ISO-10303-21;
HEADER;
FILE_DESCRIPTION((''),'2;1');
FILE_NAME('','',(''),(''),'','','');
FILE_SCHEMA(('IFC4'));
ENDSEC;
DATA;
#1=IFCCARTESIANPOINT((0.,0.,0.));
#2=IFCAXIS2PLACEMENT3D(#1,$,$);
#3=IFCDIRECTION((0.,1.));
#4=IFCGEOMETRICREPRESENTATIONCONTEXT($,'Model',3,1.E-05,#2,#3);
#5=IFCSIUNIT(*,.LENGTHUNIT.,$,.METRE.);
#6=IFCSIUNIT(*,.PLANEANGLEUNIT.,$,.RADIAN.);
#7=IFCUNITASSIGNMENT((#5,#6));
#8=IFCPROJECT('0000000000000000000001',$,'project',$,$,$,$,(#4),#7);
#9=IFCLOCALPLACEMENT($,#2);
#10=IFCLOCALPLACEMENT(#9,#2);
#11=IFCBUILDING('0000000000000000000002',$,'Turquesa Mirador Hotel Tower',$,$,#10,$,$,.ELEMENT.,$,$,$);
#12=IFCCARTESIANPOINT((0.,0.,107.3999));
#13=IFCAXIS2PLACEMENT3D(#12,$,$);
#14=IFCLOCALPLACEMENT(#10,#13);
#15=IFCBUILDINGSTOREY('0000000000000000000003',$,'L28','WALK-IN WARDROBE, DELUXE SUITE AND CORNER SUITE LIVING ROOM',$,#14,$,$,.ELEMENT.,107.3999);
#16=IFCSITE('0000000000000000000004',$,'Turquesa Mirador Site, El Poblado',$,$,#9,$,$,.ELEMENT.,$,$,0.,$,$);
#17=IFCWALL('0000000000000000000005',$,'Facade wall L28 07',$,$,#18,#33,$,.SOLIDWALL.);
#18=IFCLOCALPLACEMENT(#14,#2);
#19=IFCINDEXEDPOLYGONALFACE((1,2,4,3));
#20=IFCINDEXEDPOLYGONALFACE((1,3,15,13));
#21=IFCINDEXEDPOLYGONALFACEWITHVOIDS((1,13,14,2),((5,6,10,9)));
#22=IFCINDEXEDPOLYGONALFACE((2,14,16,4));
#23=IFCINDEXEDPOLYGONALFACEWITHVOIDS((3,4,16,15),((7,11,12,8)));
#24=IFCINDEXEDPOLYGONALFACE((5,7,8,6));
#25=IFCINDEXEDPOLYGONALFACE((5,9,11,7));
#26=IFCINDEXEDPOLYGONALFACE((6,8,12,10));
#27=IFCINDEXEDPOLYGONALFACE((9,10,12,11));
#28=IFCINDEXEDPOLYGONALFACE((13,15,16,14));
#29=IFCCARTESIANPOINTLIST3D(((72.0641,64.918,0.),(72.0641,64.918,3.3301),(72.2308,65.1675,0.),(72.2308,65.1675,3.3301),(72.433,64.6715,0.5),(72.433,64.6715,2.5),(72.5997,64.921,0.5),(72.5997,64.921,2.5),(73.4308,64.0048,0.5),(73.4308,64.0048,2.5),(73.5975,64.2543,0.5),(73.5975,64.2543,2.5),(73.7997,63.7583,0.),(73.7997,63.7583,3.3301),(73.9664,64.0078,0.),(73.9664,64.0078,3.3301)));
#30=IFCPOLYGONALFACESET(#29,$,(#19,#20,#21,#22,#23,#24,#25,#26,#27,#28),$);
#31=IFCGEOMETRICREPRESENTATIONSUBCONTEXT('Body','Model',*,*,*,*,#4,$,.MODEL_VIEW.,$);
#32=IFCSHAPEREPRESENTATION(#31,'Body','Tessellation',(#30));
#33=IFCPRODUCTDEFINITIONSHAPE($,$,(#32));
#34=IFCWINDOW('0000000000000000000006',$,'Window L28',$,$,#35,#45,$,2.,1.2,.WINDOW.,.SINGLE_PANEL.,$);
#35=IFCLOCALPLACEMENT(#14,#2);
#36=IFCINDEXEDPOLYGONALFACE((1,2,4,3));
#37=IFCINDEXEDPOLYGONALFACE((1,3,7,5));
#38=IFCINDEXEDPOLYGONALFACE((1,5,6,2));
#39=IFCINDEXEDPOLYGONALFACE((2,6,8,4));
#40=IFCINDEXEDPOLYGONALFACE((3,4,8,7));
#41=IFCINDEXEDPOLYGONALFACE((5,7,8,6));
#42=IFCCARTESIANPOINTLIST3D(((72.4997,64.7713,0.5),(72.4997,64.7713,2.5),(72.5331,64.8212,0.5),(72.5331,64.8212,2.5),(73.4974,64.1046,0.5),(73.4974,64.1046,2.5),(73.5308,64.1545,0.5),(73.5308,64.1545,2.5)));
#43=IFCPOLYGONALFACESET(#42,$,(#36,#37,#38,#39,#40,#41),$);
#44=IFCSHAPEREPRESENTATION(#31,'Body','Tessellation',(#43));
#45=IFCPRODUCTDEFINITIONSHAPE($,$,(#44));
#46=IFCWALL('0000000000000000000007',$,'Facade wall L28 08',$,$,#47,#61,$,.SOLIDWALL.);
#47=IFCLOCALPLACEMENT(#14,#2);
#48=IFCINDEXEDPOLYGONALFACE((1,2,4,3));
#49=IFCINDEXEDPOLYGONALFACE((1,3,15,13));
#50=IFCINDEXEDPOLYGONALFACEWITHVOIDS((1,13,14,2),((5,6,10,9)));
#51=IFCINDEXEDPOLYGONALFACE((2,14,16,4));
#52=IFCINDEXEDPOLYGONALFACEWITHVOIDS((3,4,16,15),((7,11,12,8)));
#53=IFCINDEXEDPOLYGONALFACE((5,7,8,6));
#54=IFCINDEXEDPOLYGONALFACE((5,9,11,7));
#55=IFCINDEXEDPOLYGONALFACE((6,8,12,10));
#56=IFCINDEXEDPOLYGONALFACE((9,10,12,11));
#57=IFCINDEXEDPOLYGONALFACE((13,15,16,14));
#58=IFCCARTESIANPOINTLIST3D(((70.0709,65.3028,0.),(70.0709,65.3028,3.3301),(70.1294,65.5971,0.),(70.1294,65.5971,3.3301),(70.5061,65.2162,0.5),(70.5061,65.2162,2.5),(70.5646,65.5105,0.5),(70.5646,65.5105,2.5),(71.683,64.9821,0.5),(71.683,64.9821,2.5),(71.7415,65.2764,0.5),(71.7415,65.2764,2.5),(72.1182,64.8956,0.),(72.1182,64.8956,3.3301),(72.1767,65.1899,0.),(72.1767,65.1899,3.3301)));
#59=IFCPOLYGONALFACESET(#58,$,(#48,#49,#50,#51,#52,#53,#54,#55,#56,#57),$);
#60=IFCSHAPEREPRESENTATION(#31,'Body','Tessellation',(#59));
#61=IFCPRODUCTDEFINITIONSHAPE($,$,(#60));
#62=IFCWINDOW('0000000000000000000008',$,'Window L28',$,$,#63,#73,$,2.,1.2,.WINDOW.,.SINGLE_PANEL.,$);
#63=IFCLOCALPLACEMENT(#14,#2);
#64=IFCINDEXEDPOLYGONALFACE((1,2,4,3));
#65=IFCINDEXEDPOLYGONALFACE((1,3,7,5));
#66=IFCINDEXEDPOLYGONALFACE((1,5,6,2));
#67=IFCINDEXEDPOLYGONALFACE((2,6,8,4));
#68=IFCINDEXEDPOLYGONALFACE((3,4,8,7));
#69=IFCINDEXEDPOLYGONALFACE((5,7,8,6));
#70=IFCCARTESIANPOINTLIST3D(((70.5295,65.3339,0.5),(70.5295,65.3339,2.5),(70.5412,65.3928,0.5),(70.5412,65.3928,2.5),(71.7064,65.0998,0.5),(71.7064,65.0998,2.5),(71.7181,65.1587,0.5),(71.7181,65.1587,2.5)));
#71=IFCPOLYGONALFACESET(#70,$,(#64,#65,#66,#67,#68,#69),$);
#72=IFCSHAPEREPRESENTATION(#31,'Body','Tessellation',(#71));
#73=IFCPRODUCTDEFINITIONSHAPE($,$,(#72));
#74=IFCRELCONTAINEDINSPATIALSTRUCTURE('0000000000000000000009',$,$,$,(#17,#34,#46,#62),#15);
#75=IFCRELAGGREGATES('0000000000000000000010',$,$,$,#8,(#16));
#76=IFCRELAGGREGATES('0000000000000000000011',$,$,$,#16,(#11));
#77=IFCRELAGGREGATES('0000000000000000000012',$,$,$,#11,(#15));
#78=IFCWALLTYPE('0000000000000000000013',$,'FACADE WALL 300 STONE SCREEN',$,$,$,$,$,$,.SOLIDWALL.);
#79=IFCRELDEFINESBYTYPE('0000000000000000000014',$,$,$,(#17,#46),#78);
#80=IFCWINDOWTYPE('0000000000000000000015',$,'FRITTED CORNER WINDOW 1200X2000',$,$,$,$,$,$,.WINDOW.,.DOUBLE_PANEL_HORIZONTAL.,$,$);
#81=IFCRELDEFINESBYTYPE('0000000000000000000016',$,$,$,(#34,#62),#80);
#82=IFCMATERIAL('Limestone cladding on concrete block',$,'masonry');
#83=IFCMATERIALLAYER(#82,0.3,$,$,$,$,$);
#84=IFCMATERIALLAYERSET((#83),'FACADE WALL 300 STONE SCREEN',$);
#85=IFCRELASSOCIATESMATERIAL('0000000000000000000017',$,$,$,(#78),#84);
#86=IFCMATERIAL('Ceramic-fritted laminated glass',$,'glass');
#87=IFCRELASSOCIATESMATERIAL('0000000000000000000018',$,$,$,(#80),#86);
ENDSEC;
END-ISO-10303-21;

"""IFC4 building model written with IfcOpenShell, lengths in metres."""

from ifc_helpers import new_model, si_unit, direction, frame, frame_2d, origin, place, context, subcontext, project, spatial, rectangle, extrude, material, layer, layer_set, type_object, element, fill, save


model = new_model("IFC4")

# Units and contexts
model_context = context("Model", 3, precision=1e-05, world=origin(), true_north=direction((0.0, 1.0)))
body_context = subcontext(model_context, "Body", "Model", "MODEL_VIEW")
ifc_project = project(units=[si_unit("LENGTHUNIT", "METRE"), si_unit("PLANEANGLEUNIT", "RADIAN")], contexts=[model_context])

# Site, building, storey
site_placement = place(None, origin())
site = spatial("IfcSite", under=ifc_project, at=site_placement, Name="Turquesa Mirador Site, El Poblado", CompositionType="ELEMENT", RefElevation=0.0)
building_placement = place(site_placement, origin())
building = spatial("IfcBuilding", under=site, at=building_placement, Name="Turquesa Mirador Hotel Tower", CompositionType="ELEMENT")
storey_placement = place(building_placement, frame((0.0, 0.0, 107.3999)))
storey = spatial("IfcBuildingStorey", under=building, at=storey_placement, Name="L28", Description="WALK-IN WARDROBE, DELUXE SUITE AND CORNER SUITE LIVING ROOM", CompositionType="ELEMENT", Elevation=107.3999)

# Walls, openings, windows
ifc_material_1 = material(Name="Limestone cladding on concrete block", Category="masonry")
ifc_layer = layer(ifc_material_1, 0.3)
ifc_layer_set = layer_set([ifc_layer], Name="FACADE WALL 300 STONE SCREEN")
wall_type = type_object("IfcWallType", Name="FACADE WALL 300 STONE SCREEN", PredefinedType="SOLIDWALL", material=ifc_layer_set)
ifc_material_2 = material(Name="Ceramic-fritted laminated glass", Category="glass")
window_type = type_object("IfcWindowType", Name="FRITTED CORNER WINDOW 1200X2000", PartitioningType="DOUBLE_PANEL_HORIZONTAL", PredefinedType="WINDOW", material=ifc_material_2)
wall_1_placement = place(storey_placement, frame((73.8831, 63.8831, 0.0), z_axis=(0.0, 0.0, 1.0), x_axis=(-0.831474, 0.555564, 0.0)))
wall_1 = element("IfcWall", 1, at=wall_1_placement, inside=storey, type_object=wall_type, Name="Facade wall L28 07", PredefinedType="SOLIDWALL", context=body_context, shape_type="SweptSolid", body=[
    extrude(rectangle(XDim=2.0874, YDim=0.3, at=frame_2d((1.0437, 0.0))), origin(), (0.0, 0.0, 1.0), 3.3301),
])
opening_1_placement = place(wall_1_placement, frame((0.4436, 0.0, 0.5)))
opening_1 = element("IfcOpeningElement", 2, at=opening_1_placement, cuts=wall_1, PredefinedType="OPENING", context=body_context, shape_type="SweptSolid", body=[
    extrude(rectangle(XDim=1.2, YDim=2.0, at=frame_2d((0.6001, 1.0))), frame((0.0, 0.1599, 0.0), z_axis=(0.0, -1.0, 0.0), x_axis=(1.0, 0.0, 0.0)), (0.0, 0.0, 1.0), 0.3201),
])
window_1_placement = place(opening_1_placement, origin())
window_1 = element("IfcWindow", 3, at=window_1_placement, inside=storey, type_object=window_type, Name="Window L28", OverallHeight=2.0, OverallWidth=1.2, PartitioningType="SINGLE_PANEL", PredefinedType="WINDOW", context=body_context, shape_type="SweptSolid", body=[
    extrude(rectangle(XDim=1.2, YDim=2.0, at=frame_2d((0.6001, 1.0))), frame((0.0, 0.03, 0.0), z_axis=(0.0, -1.0, 0.0), x_axis=(1.0, 0.0, 0.0)), (0.0, 0.0, 1.0), 0.0601),
])
fill(opening_1, window_1)
wall_2_placement = place(storey_placement, frame((72.1475, 65.0427, 0.0), z_axis=(0.0, 0.0, 1.0), x_axis=(-0.980787, 0.195081, 0.0)))
wall_2 = element("IfcWall", 4, at=wall_2_placement, inside=storey, type_object=wall_type, Name="Facade wall L28 08", PredefinedType="SOLIDWALL", context=body_context, shape_type="SweptSolid", body=[
    extrude(rectangle(XDim=2.0874, YDim=0.3, at=frame_2d((1.0437, 0.0))), origin(), (0.0, 0.0, 1.0), 3.3301),
])
opening_2_placement = place(wall_2_placement, frame((0.4436, 0.0, 0.5)))
opening_2 = element("IfcOpeningElement", 5, at=opening_2_placement, cuts=wall_2, PredefinedType="OPENING", context=body_context, shape_type="SweptSolid", body=[
    extrude(rectangle(XDim=1.2, YDim=2.0, at=frame_2d((0.6001, 1.0))), frame((0.0, 0.1599, 0.0), z_axis=(0.0, -1.0, 0.0), x_axis=(1.0, 0.0, 0.0)), (0.0, 0.0, 1.0), 0.3201),
])
window_2_placement = place(opening_2_placement, origin())
window_2 = element("IfcWindow", 6, at=window_2_placement, inside=storey, type_object=window_type, Name="Window L28", OverallHeight=2.0, OverallWidth=1.2, PartitioningType="SINGLE_PANEL", PredefinedType="WINDOW", context=body_context, shape_type="SweptSolid", body=[
    extrude(rectangle(XDim=1.2, YDim=2.0, at=frame_2d((0.6001, 1.0))), frame((0.0, 0.03, 0.0), z_axis=(0.0, -1.0, 0.0), x_axis=(1.0, 0.0, 0.0)), (0.0, 0.0, 1.0), 0.0601),
])
fill(opening_2, window_2)

save(model, "model.ifc")
